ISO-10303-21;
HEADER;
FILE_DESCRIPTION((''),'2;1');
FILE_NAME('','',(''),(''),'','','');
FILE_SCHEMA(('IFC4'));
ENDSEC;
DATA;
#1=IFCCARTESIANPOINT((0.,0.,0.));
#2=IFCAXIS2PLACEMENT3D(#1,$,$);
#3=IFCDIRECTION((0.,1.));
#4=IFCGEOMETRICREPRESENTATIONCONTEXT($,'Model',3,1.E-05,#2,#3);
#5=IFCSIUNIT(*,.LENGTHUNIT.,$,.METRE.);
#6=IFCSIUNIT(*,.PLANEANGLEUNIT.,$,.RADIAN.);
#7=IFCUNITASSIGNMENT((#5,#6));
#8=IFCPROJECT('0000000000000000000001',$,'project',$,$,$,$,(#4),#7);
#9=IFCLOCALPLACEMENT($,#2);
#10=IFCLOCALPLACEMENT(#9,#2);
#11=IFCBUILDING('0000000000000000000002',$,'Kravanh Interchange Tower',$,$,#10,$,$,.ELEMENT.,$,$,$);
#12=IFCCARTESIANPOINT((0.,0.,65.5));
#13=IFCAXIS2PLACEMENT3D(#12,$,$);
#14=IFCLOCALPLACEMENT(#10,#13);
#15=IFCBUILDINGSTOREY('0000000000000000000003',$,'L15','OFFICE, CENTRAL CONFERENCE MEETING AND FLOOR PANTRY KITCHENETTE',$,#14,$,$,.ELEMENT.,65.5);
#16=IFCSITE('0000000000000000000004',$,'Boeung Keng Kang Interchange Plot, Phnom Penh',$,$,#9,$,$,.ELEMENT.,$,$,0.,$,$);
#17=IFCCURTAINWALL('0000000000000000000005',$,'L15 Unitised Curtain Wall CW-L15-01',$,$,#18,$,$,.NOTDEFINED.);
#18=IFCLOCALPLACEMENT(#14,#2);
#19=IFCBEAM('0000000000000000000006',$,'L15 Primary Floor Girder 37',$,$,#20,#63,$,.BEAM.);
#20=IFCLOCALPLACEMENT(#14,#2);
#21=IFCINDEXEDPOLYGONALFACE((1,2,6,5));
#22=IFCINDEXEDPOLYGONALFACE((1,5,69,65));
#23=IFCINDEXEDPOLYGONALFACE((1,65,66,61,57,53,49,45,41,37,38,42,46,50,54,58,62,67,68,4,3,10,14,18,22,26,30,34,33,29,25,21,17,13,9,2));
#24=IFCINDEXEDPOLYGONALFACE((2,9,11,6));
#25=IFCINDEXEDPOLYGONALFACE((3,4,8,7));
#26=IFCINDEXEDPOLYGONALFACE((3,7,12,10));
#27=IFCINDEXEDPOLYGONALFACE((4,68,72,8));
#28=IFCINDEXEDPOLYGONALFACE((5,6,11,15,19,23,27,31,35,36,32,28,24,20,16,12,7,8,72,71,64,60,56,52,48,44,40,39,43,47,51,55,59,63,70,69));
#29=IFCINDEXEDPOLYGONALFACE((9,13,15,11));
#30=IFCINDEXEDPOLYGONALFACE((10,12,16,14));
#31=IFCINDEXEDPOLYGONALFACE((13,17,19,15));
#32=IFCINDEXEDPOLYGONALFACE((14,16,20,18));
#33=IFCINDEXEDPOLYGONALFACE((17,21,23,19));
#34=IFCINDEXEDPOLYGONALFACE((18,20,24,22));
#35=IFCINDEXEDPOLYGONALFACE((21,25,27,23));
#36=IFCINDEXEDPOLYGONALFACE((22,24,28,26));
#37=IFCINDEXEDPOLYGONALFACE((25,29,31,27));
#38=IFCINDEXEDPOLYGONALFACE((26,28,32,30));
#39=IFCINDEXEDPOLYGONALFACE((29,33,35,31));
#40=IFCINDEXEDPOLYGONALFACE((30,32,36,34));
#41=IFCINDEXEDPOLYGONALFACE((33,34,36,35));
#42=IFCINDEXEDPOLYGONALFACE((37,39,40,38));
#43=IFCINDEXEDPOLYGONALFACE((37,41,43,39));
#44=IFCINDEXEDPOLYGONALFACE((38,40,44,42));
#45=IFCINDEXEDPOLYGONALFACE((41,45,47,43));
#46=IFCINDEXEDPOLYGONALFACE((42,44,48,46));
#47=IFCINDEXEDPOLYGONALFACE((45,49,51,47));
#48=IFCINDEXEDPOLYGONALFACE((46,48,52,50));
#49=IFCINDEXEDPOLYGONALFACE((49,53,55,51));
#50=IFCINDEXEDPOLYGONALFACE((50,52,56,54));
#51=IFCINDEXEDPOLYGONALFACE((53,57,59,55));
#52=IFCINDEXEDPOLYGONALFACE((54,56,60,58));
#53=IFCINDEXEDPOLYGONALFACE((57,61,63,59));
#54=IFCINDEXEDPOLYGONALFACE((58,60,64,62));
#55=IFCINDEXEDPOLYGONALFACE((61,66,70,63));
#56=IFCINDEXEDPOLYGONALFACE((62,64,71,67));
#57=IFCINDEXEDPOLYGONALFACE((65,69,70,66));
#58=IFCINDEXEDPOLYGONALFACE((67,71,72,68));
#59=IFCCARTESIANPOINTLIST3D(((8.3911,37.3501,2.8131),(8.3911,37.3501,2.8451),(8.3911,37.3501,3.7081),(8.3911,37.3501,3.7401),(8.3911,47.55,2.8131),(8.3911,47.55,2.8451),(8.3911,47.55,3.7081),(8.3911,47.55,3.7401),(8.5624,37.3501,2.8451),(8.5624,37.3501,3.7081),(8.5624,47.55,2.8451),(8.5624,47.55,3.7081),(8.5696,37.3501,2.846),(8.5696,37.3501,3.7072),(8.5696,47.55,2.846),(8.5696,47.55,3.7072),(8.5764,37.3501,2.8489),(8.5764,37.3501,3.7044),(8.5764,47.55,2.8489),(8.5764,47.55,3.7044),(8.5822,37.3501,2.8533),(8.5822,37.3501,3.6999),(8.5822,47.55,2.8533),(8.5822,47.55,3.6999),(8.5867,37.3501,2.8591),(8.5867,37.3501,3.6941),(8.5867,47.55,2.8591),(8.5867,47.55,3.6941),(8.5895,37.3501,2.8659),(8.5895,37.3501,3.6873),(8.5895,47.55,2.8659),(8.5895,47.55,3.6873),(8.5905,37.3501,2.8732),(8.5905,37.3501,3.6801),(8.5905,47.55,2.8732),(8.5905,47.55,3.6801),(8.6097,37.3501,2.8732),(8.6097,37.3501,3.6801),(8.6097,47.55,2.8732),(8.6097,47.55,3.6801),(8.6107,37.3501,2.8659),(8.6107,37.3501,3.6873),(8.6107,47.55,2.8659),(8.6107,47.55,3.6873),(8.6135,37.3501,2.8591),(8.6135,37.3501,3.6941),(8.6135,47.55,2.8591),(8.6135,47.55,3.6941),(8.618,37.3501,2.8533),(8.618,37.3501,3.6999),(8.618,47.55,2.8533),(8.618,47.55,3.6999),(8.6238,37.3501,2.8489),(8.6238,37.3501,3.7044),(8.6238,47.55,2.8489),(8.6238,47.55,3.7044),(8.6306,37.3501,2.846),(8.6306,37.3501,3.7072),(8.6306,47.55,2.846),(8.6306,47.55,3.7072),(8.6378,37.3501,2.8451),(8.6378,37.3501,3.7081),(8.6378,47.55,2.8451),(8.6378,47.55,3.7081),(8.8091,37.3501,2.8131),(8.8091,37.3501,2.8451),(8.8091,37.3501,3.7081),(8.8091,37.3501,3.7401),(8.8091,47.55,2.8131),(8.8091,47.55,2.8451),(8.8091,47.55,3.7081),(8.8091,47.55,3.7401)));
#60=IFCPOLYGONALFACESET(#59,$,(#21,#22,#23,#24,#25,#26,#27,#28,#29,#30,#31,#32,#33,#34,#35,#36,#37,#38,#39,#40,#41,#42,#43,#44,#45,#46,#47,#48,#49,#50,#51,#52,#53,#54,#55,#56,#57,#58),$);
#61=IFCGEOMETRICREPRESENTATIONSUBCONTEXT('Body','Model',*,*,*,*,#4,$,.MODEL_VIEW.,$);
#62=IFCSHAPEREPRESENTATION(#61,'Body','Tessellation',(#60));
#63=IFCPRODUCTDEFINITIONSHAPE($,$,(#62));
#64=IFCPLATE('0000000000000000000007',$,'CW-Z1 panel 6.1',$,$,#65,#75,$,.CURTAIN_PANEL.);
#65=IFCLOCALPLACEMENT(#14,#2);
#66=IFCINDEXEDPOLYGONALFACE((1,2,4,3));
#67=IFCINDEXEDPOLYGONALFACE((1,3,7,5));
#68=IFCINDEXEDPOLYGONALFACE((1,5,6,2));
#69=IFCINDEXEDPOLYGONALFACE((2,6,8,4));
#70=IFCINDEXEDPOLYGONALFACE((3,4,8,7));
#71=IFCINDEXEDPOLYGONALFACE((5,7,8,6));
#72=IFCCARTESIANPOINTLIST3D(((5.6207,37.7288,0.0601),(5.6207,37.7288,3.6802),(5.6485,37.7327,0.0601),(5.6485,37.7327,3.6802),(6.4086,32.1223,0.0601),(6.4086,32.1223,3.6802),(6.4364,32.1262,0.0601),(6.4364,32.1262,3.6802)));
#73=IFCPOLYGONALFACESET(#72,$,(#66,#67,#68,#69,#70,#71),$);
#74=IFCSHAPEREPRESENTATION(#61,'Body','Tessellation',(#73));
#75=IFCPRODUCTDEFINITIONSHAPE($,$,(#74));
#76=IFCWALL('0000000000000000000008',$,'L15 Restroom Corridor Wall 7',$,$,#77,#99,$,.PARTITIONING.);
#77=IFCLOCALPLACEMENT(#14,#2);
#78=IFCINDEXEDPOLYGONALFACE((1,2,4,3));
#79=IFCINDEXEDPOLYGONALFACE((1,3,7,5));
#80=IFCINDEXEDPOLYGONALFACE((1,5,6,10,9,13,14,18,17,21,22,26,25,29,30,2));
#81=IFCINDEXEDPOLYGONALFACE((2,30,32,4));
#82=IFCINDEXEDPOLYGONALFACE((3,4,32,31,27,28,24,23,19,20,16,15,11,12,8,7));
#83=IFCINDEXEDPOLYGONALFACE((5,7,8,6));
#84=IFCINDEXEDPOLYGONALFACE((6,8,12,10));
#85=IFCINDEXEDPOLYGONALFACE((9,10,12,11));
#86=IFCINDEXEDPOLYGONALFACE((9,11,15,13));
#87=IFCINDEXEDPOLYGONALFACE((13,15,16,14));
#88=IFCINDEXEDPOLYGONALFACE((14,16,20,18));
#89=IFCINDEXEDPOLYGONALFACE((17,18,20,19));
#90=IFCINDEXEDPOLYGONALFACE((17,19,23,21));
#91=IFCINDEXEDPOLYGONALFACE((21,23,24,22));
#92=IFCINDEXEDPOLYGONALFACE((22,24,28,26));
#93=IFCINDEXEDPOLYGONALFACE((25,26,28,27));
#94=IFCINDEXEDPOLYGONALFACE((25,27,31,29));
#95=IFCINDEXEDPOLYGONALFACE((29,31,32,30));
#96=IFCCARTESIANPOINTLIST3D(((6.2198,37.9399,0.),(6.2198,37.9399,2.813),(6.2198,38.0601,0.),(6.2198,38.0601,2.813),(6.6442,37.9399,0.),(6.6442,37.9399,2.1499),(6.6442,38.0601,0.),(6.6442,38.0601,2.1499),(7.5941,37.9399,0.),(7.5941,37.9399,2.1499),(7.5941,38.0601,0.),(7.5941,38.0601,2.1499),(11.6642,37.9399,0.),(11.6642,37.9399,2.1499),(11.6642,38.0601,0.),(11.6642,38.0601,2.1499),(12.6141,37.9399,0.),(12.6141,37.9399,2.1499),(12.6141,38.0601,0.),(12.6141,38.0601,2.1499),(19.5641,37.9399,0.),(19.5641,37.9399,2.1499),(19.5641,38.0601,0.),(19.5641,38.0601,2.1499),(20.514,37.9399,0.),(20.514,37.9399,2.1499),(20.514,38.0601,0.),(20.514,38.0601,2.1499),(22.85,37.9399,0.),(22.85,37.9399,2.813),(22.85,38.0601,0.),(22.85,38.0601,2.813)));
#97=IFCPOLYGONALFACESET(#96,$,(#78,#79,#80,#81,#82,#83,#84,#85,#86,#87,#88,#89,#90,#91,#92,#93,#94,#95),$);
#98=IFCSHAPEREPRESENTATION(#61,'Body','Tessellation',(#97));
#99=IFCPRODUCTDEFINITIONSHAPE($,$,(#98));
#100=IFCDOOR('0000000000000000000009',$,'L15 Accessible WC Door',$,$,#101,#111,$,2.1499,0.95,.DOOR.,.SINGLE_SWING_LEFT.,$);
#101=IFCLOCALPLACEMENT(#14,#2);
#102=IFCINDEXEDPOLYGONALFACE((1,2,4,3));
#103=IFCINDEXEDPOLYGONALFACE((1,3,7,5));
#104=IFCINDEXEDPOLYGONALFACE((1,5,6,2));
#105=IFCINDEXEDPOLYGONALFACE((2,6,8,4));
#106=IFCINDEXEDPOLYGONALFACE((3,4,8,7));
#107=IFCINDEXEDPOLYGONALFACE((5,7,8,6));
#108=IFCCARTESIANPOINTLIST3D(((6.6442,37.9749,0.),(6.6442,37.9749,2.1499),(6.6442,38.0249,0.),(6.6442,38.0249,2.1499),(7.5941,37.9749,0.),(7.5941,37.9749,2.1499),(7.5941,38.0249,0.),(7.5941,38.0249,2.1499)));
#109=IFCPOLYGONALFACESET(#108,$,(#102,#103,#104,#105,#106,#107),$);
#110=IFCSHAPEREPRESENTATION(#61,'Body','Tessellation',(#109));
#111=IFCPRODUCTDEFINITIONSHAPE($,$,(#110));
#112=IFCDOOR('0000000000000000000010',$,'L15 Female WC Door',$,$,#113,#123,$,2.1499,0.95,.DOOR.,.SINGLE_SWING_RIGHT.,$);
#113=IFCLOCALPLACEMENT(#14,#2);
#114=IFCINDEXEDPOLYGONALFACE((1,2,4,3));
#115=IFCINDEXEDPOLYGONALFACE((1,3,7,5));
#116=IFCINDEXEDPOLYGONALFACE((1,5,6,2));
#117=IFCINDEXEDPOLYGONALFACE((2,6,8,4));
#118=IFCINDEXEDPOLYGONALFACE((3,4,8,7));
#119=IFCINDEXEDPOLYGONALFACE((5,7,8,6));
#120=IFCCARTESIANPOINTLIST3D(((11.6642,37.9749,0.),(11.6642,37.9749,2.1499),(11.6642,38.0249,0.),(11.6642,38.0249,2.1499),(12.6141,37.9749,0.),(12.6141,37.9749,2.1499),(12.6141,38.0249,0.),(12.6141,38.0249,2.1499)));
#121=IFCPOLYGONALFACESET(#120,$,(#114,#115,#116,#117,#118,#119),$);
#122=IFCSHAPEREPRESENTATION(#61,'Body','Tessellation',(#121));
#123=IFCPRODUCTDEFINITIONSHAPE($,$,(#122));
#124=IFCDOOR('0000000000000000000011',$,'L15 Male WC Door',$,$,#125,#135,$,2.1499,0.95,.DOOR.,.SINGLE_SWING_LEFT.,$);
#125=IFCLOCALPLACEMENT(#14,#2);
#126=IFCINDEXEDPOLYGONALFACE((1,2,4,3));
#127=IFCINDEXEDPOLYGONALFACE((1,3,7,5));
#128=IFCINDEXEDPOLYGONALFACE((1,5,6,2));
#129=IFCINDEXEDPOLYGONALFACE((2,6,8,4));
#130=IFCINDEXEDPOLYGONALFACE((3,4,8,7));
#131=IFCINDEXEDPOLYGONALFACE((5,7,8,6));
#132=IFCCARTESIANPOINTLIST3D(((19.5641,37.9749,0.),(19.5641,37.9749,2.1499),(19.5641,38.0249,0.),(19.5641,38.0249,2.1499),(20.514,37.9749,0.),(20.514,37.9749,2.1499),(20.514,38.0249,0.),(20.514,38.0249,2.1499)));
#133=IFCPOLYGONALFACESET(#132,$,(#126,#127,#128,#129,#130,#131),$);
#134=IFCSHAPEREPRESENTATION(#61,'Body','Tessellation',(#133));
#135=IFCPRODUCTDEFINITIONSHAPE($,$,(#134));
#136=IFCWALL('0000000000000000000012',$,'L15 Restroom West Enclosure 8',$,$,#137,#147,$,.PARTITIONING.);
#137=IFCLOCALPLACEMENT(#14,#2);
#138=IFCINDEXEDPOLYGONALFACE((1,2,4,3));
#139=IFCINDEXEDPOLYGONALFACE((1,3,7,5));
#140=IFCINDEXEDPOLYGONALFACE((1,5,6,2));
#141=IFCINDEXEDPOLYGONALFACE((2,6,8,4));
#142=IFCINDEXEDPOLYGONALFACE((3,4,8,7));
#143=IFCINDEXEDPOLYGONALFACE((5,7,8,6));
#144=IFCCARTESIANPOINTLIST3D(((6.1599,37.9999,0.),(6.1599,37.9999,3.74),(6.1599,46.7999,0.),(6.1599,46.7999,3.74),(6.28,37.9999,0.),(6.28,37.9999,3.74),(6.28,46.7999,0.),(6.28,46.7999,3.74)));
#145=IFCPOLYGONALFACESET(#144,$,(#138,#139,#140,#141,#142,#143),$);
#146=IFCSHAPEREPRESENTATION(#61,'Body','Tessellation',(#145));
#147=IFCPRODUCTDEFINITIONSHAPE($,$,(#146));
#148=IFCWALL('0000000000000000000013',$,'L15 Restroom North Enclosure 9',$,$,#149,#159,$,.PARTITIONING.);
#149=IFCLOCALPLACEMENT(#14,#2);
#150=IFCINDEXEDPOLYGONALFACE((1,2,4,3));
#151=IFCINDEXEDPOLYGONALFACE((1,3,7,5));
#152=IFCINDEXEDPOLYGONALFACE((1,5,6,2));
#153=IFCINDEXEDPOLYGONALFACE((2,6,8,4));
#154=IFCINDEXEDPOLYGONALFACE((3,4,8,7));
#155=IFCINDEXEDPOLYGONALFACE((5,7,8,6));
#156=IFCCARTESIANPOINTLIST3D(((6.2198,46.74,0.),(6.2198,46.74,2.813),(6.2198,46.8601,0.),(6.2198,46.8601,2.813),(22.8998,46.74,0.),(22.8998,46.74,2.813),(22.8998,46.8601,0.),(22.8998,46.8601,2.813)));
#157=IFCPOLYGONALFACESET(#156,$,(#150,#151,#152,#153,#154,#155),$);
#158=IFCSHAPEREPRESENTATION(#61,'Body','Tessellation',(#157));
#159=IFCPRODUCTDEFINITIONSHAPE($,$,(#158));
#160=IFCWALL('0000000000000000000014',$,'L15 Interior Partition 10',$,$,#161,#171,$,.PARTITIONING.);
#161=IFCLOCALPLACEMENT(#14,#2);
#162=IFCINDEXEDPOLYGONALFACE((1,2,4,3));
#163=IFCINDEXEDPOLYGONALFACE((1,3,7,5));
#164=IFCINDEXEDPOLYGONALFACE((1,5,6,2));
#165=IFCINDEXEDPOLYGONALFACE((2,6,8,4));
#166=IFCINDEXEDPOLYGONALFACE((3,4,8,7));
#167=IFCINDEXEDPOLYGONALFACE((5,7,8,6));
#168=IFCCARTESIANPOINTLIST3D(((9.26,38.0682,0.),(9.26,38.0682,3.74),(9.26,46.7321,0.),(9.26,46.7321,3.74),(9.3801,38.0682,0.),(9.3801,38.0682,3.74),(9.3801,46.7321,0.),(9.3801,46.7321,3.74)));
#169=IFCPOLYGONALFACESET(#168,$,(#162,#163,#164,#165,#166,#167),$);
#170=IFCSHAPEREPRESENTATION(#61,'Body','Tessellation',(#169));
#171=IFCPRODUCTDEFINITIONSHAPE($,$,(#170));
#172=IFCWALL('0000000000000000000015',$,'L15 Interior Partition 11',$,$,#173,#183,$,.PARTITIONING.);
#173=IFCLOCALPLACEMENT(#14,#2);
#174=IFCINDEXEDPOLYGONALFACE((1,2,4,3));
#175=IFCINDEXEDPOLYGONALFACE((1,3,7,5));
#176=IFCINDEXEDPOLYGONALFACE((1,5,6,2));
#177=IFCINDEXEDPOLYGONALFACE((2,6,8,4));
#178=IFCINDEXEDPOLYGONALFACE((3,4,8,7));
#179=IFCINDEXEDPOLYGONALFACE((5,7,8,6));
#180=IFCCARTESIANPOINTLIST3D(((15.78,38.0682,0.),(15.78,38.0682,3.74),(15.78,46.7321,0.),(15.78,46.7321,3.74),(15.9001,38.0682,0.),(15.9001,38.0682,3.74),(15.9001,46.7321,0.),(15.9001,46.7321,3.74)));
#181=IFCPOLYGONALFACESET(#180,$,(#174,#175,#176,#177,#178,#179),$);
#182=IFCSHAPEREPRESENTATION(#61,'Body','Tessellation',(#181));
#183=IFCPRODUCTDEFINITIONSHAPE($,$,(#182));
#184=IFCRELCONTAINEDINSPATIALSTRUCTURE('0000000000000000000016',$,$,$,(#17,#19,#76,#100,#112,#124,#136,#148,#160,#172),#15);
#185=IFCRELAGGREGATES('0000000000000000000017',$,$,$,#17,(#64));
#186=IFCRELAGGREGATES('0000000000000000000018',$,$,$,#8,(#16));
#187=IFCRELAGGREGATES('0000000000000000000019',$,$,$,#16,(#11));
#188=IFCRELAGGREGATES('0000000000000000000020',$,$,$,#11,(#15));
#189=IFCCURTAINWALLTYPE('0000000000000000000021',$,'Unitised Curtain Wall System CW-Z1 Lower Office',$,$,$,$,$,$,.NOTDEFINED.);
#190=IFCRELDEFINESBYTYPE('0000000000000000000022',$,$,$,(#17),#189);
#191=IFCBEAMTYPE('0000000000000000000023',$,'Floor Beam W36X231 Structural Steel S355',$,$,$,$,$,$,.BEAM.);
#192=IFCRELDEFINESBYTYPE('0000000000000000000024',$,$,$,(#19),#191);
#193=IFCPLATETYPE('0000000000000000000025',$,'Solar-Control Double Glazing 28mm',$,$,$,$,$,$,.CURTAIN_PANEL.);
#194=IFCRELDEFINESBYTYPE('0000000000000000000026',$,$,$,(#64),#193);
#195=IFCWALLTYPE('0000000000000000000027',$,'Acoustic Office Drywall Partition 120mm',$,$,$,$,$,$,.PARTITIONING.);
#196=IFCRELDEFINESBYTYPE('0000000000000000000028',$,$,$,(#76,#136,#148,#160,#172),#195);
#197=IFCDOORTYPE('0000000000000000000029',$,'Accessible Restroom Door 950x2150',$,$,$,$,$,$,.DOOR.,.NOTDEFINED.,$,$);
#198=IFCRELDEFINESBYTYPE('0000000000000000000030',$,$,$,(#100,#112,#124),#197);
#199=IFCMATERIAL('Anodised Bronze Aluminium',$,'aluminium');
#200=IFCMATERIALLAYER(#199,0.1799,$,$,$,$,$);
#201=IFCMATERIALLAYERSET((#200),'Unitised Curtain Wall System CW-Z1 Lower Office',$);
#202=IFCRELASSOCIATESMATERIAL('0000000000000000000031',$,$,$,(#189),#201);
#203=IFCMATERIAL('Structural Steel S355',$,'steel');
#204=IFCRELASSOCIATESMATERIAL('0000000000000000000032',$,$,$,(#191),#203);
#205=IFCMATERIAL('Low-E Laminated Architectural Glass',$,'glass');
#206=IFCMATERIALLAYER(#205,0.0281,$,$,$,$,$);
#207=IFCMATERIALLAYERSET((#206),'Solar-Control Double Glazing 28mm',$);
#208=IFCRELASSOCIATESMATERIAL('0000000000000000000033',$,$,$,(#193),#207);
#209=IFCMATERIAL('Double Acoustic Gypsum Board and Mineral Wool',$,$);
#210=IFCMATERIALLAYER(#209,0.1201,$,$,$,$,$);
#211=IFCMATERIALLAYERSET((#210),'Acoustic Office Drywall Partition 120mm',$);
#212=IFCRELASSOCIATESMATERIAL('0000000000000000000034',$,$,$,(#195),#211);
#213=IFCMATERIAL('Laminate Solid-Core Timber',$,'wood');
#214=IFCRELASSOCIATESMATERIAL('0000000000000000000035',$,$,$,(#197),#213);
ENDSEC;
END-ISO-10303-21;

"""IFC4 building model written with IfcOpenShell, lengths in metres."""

from ifc_helpers import new_model, si_unit, direction, frame, frame_2d, origin, origin_2d, place, context, subcontext, project, spatial, rectangle, i_section, extrude, material, layer, layer_set, material_profile, profile_set, type_object, element, fill, aggregate, save


model = new_model("IFC4")

# Units and contexts
model_context = context("Model", 3, precision=1e-05, world=origin(), true_north=direction((0.0, 1.0)))
body_context = subcontext(model_context, "Body", "Model", "MODEL_VIEW")
ifc_project = project(units=[si_unit("LENGTHUNIT", "METRE"), si_unit("PLANEANGLEUNIT", "RADIAN")], contexts=[model_context])

# Site, building, storey
site_placement = place(None, origin())
site = spatial("IfcSite", under=ifc_project, at=site_placement, Name="Boeung Keng Kang Interchange Plot, Phnom Penh", CompositionType="ELEMENT", RefElevation=0.0)
building_placement = place(site_placement, origin())
building = spatial("IfcBuilding", under=site, at=building_placement, Name="Kravanh Interchange Tower", CompositionType="ELEMENT")
storey_placement = place(building_placement, frame((0.0, 0.0, 65.5)))
storey = spatial("IfcBuildingStorey", under=building, at=storey_placement, Name="L15", Description="OFFICE, CENTRAL CONFERENCE MEETING AND FLOOR PANTRY KITCHENETTE", CompositionType="ELEMENT", Elevation=65.5)

# Curtain wall
ifc_material_1 = material(Name="Anodised Bronze Aluminium", Category="aluminium")
ifc_layer_1 = layer(ifc_material_1, 0.1799)
ifc_layer_set_1 = layer_set([ifc_layer_1], Name="Unitised Curtain Wall System CW-Z1 Lower Office")
curtain_wall_type = type_object("IfcCurtainWallType", Name="Unitised Curtain Wall System CW-Z1 Lower Office", PredefinedType="NOTDEFINED", material=ifc_layer_set_1)
curtain_wall_placement = place(storey_placement, origin())
curtain_wall = element("IfcCurtainWall", 1, at=curtain_wall_placement, inside=storey, type_object=curtain_wall_type, Name="L15 Unitised Curtain Wall CW-L15-01", PredefinedType="NOTDEFINED")

# Beam
ifc_material_2 = material(Name="Structural Steel S355", Category="steel")
ifc_material_profile_1 = material_profile(ifc_material_2, i_section(OverallWidth=0.418, OverallDepth=0.927, WebThickness=0.0193, FlangeThickness=0.032, FilletRadius=0.0281, at=origin_2d()), Name="W36X231")
ifc_profile_set_1 = profile_set([ifc_material_profile_1], Name="Structural Steel S355")
beam_type = type_object("IfcBeamType", Name="Floor Beam W36X231 Structural Steel S355", PredefinedType="BEAM", material=ifc_profile_set_1)
beam_1_placement = place(storey_placement, frame((8.6001, 37.3501, 3.2766), z_axis=(0.0, 1.0, 0.0), x_axis=(-1.0, 0.0, 0.0)))
element("IfcBeam", 2, at=beam_1_placement, inside=storey, type_object=beam_type, Name="L15 Primary Floor Girder 37", PredefinedType="BEAM", context=body_context, shape_type="SweptSolid", body=[
    extrude(i_section(OverallWidth=0.418, OverallDepth=0.927, WebThickness=0.0193, FlangeThickness=0.032, FilletRadius=0.0281, at=origin_2d()), origin(), (0.0, 0.0, 1.0), 10.2),
])

# Plate
ifc_material_3 = material(Name="Low-E Laminated Architectural Glass", Category="glass")
ifc_layer_2 = layer(ifc_material_3, 0.0281)
ifc_layer_set_2 = layer_set([ifc_layer_2], Name="Solar-Control Double Glazing 28mm")
plate_type = type_object("IfcPlateType", Name="Solar-Control Double Glazing 28mm", PredefinedType="CURTAIN_PANEL", material=ifc_layer_set_2)
plate_placement = place(storey_placement, frame((6.0286, 34.9275, 0.0601), z_axis=(0.0, 0.0, 1.0), x_axis=(-0.139177, 0.990268, 0.0)))
plate = element("IfcPlate", 3, at=plate_placement, type_object=plate_type, Name="CW-Z1 panel 6.1", PredefinedType="CURTAIN_PANEL", context=body_context, shape_type="SweptSolid", body=[
    extrude(rectangle(XDim=5.6616, YDim=0.0281, at=origin_2d()), origin(), (0.0, 0.0, 1.0), 3.6201),
])
aggregate(curtain_wall, [plate])

# Wall, openings, doors
ifc_material_4 = material(Name="Double Acoustic Gypsum Board and Mineral Wool")
ifc_layer_3 = layer(ifc_material_4, 0.1201)
ifc_layer_set_3 = layer_set([ifc_layer_3], Name="Acoustic Office Drywall Partition 120mm")
wall_type_1 = type_object("IfcWallType", Name="Acoustic Office Drywall Partition 120mm", PredefinedType="PARTITIONING", material=ifc_layer_set_3)
wall_1_placement = place(storey_placement, frame((6.22, 38.0, 0.0), z_axis=(0.0, 0.0, 1.0), x_axis=(1.0, 0.0, 0.0)))
wall_1 = element("IfcWall", 4, at=wall_1_placement, inside=storey, type_object=wall_type_1, Name="L15 Restroom Corridor Wall 7", PredefinedType="PARTITIONING", context=body_context, shape_type="SweptSolid", body=[
    extrude(rectangle(XDim=16.6301, YDim=0.1201, at=frame_2d((8.3149, 0.0))), origin(), (0.0, 0.0, 1.0), 2.813),
])
opening_1_placement = place(wall_1_placement, frame((0.4241, 0.0, 0.0)))
opening_1 = element("IfcOpeningElement", 5, at=opening_1_placement, cuts=wall_1, PredefinedType="OPENING", context=body_context, shape_type="SweptSolid", body=[
    extrude(rectangle(XDim=0.95, YDim=2.1499, at=frame_2d((0.4751, 1.075))), frame((0.0, 0.0701, 0.0), z_axis=(0.0, -1.0, 0.0), x_axis=(1.0, 0.0, 0.0)), (0.0, 0.0, 1.0), 0.1401),
])
opening_2_placement = place(wall_1_placement, frame((5.4441, 0.0, 0.0)))
opening_2 = element("IfcOpeningElement", 6, at=opening_2_placement, cuts=wall_1, PredefinedType="OPENING", context=body_context, shape_type="SweptSolid", body=[
    extrude(rectangle(XDim=0.95, YDim=2.1499, at=frame_2d((0.4751, 1.075))), frame((0.0, 0.0701, 0.0), z_axis=(0.0, -1.0, 0.0), x_axis=(1.0, 0.0, 0.0)), (0.0, 0.0, 1.0), 0.1401),
])
opening_3_placement = place(wall_1_placement, frame((13.344, 0.0, 0.0)))
opening_3 = element("IfcOpeningElement", 7, at=opening_3_placement, cuts=wall_1, PredefinedType="OPENING", context=body_context, shape_type="SweptSolid", body=[
    extrude(rectangle(XDim=0.95, YDim=2.1499, at=frame_2d((0.4751, 1.075))), frame((0.0, 0.0701, 0.0), z_axis=(0.0, -1.0, 0.0), x_axis=(1.0, 0.0, 0.0)), (0.0, 0.0, 1.0), 0.1401),
])
ifc_material_5 = material(Name="Laminate Solid-Core Timber", Category="wood")
door_type = type_object("IfcDoorType", Name="Accessible Restroom Door 950x2150", OperationType="NOTDEFINED", PredefinedType="DOOR", material=ifc_material_5)
door_1_placement = place(opening_1_placement, origin())
door_1 = element("IfcDoor", 8, at=door_1_placement, inside=storey, type_object=door_type, Name="L15 Accessible WC Door", OperationType="SINGLE_SWING_LEFT", OverallHeight=2.1499, OverallWidth=0.95, PredefinedType="DOOR", context=body_context, shape_type="SweptSolid", body=[
    extrude(rectangle(XDim=0.95, YDim=2.1499, at=frame_2d((0.4751, 1.075))), frame((0.0, 0.0249, 0.0), z_axis=(0.0, -1.0, 0.0), x_axis=(1.0, 0.0, 0.0)), (0.0, 0.0, 1.0), 0.05),
])
fill(opening_1, door_1)
door_2_placement = place(opening_2_placement, origin())
door_2 = element("IfcDoor", 9, at=door_2_placement, inside=storey, type_object=door_type, Name="L15 Female WC Door", OperationType="SINGLE_SWING_RIGHT", OverallHeight=2.1499, OverallWidth=0.95, PredefinedType="DOOR", context=body_context, shape_type="SweptSolid", body=[
    extrude(rectangle(XDim=0.95, YDim=2.1499, at=frame_2d((0.4751, 1.075))), frame((0.0, 0.0249, 0.0), z_axis=(0.0, -1.0, 0.0), x_axis=(1.0, 0.0, 0.0)), (0.0, 0.0, 1.0), 0.05),
])
fill(opening_2, door_2)
door_3_placement = place(opening_3_placement, origin())
door_3 = element("IfcDoor", 10, at=door_3_placement, inside=storey, type_object=door_type, Name="L15 Male WC Door", OperationType="SINGLE_SWING_LEFT", OverallHeight=2.1499, OverallWidth=0.95, PredefinedType="DOOR", context=body_context, shape_type="SweptSolid", body=[
    extrude(rectangle(XDim=0.95, YDim=2.1499, at=frame_2d((0.4751, 1.075))), frame((0.0, 0.0249, 0.0), z_axis=(0.0, -1.0, 0.0), x_axis=(1.0, 0.0, 0.0)), (0.0, 0.0, 1.0), 0.05),
])
fill(opening_3, door_3)

# Walls
wall_2_placement = place(storey_placement, frame((6.22, 38.0, 0.0), z_axis=(0.0, 0.0, 1.0), x_axis=(0.0, 1.0, 0.0)))
element("IfcWall", 11, at=wall_2_placement, inside=storey, type_object=wall_type_1, Name="L15 Restroom West Enclosure 8", PredefinedType="PARTITIONING", context=body_context, shape_type="SweptSolid", body=[
    extrude(rectangle(XDim=8.8, YDim=0.1201, at=frame_2d((4.3999, 0.0))), origin(), (0.0, 0.0, 1.0), 3.74),
])
wall_3_placement = place(storey_placement, frame((6.22, 46.8, 0.0), z_axis=(0.0, 0.0, 1.0), x_axis=(1.0, 0.0, 0.0)))
element("IfcWall", 12, at=wall_3_placement, inside=storey, type_object=wall_type_1, Name="L15 Restroom North Enclosure 9", PredefinedType="PARTITIONING", context=body_context, shape_type="SweptSolid", body=[
    extrude(rectangle(XDim=16.6799, YDim=0.1201, at=frame_2d((8.3398, 0.0))), origin(), (0.0, 0.0, 1.0), 2.813),
])
for number, where, z_axis, x_axis, name in (
    (13, (9.3201, 38.0681, 0.0), (0.0, 0.0, 1.0), (0.0, 1.0, 0.0), "L15 Interior Partition 10"),
    (14, (15.8401, 38.0681, 0.0), (0.0, 0.0, 1.0), (0.0, 1.0, 0.0), "L15 Interior Partition 11"),
):
    element("IfcWall", number, at=place(storey_placement, frame(where, z_axis=z_axis, x_axis=x_axis)), inside=storey, type_object=wall_type_1, Name=name, PredefinedType="PARTITIONING", context=body_context, shape_type="SweptSolid", body=[
        extrude(rectangle(XDim=8.6638, YDim=0.1201, at=frame_2d((4.332, 0.0))), origin(), (0.0, 0.0, 1.0), 3.74),
    ])

save(model, "model.ifc")
